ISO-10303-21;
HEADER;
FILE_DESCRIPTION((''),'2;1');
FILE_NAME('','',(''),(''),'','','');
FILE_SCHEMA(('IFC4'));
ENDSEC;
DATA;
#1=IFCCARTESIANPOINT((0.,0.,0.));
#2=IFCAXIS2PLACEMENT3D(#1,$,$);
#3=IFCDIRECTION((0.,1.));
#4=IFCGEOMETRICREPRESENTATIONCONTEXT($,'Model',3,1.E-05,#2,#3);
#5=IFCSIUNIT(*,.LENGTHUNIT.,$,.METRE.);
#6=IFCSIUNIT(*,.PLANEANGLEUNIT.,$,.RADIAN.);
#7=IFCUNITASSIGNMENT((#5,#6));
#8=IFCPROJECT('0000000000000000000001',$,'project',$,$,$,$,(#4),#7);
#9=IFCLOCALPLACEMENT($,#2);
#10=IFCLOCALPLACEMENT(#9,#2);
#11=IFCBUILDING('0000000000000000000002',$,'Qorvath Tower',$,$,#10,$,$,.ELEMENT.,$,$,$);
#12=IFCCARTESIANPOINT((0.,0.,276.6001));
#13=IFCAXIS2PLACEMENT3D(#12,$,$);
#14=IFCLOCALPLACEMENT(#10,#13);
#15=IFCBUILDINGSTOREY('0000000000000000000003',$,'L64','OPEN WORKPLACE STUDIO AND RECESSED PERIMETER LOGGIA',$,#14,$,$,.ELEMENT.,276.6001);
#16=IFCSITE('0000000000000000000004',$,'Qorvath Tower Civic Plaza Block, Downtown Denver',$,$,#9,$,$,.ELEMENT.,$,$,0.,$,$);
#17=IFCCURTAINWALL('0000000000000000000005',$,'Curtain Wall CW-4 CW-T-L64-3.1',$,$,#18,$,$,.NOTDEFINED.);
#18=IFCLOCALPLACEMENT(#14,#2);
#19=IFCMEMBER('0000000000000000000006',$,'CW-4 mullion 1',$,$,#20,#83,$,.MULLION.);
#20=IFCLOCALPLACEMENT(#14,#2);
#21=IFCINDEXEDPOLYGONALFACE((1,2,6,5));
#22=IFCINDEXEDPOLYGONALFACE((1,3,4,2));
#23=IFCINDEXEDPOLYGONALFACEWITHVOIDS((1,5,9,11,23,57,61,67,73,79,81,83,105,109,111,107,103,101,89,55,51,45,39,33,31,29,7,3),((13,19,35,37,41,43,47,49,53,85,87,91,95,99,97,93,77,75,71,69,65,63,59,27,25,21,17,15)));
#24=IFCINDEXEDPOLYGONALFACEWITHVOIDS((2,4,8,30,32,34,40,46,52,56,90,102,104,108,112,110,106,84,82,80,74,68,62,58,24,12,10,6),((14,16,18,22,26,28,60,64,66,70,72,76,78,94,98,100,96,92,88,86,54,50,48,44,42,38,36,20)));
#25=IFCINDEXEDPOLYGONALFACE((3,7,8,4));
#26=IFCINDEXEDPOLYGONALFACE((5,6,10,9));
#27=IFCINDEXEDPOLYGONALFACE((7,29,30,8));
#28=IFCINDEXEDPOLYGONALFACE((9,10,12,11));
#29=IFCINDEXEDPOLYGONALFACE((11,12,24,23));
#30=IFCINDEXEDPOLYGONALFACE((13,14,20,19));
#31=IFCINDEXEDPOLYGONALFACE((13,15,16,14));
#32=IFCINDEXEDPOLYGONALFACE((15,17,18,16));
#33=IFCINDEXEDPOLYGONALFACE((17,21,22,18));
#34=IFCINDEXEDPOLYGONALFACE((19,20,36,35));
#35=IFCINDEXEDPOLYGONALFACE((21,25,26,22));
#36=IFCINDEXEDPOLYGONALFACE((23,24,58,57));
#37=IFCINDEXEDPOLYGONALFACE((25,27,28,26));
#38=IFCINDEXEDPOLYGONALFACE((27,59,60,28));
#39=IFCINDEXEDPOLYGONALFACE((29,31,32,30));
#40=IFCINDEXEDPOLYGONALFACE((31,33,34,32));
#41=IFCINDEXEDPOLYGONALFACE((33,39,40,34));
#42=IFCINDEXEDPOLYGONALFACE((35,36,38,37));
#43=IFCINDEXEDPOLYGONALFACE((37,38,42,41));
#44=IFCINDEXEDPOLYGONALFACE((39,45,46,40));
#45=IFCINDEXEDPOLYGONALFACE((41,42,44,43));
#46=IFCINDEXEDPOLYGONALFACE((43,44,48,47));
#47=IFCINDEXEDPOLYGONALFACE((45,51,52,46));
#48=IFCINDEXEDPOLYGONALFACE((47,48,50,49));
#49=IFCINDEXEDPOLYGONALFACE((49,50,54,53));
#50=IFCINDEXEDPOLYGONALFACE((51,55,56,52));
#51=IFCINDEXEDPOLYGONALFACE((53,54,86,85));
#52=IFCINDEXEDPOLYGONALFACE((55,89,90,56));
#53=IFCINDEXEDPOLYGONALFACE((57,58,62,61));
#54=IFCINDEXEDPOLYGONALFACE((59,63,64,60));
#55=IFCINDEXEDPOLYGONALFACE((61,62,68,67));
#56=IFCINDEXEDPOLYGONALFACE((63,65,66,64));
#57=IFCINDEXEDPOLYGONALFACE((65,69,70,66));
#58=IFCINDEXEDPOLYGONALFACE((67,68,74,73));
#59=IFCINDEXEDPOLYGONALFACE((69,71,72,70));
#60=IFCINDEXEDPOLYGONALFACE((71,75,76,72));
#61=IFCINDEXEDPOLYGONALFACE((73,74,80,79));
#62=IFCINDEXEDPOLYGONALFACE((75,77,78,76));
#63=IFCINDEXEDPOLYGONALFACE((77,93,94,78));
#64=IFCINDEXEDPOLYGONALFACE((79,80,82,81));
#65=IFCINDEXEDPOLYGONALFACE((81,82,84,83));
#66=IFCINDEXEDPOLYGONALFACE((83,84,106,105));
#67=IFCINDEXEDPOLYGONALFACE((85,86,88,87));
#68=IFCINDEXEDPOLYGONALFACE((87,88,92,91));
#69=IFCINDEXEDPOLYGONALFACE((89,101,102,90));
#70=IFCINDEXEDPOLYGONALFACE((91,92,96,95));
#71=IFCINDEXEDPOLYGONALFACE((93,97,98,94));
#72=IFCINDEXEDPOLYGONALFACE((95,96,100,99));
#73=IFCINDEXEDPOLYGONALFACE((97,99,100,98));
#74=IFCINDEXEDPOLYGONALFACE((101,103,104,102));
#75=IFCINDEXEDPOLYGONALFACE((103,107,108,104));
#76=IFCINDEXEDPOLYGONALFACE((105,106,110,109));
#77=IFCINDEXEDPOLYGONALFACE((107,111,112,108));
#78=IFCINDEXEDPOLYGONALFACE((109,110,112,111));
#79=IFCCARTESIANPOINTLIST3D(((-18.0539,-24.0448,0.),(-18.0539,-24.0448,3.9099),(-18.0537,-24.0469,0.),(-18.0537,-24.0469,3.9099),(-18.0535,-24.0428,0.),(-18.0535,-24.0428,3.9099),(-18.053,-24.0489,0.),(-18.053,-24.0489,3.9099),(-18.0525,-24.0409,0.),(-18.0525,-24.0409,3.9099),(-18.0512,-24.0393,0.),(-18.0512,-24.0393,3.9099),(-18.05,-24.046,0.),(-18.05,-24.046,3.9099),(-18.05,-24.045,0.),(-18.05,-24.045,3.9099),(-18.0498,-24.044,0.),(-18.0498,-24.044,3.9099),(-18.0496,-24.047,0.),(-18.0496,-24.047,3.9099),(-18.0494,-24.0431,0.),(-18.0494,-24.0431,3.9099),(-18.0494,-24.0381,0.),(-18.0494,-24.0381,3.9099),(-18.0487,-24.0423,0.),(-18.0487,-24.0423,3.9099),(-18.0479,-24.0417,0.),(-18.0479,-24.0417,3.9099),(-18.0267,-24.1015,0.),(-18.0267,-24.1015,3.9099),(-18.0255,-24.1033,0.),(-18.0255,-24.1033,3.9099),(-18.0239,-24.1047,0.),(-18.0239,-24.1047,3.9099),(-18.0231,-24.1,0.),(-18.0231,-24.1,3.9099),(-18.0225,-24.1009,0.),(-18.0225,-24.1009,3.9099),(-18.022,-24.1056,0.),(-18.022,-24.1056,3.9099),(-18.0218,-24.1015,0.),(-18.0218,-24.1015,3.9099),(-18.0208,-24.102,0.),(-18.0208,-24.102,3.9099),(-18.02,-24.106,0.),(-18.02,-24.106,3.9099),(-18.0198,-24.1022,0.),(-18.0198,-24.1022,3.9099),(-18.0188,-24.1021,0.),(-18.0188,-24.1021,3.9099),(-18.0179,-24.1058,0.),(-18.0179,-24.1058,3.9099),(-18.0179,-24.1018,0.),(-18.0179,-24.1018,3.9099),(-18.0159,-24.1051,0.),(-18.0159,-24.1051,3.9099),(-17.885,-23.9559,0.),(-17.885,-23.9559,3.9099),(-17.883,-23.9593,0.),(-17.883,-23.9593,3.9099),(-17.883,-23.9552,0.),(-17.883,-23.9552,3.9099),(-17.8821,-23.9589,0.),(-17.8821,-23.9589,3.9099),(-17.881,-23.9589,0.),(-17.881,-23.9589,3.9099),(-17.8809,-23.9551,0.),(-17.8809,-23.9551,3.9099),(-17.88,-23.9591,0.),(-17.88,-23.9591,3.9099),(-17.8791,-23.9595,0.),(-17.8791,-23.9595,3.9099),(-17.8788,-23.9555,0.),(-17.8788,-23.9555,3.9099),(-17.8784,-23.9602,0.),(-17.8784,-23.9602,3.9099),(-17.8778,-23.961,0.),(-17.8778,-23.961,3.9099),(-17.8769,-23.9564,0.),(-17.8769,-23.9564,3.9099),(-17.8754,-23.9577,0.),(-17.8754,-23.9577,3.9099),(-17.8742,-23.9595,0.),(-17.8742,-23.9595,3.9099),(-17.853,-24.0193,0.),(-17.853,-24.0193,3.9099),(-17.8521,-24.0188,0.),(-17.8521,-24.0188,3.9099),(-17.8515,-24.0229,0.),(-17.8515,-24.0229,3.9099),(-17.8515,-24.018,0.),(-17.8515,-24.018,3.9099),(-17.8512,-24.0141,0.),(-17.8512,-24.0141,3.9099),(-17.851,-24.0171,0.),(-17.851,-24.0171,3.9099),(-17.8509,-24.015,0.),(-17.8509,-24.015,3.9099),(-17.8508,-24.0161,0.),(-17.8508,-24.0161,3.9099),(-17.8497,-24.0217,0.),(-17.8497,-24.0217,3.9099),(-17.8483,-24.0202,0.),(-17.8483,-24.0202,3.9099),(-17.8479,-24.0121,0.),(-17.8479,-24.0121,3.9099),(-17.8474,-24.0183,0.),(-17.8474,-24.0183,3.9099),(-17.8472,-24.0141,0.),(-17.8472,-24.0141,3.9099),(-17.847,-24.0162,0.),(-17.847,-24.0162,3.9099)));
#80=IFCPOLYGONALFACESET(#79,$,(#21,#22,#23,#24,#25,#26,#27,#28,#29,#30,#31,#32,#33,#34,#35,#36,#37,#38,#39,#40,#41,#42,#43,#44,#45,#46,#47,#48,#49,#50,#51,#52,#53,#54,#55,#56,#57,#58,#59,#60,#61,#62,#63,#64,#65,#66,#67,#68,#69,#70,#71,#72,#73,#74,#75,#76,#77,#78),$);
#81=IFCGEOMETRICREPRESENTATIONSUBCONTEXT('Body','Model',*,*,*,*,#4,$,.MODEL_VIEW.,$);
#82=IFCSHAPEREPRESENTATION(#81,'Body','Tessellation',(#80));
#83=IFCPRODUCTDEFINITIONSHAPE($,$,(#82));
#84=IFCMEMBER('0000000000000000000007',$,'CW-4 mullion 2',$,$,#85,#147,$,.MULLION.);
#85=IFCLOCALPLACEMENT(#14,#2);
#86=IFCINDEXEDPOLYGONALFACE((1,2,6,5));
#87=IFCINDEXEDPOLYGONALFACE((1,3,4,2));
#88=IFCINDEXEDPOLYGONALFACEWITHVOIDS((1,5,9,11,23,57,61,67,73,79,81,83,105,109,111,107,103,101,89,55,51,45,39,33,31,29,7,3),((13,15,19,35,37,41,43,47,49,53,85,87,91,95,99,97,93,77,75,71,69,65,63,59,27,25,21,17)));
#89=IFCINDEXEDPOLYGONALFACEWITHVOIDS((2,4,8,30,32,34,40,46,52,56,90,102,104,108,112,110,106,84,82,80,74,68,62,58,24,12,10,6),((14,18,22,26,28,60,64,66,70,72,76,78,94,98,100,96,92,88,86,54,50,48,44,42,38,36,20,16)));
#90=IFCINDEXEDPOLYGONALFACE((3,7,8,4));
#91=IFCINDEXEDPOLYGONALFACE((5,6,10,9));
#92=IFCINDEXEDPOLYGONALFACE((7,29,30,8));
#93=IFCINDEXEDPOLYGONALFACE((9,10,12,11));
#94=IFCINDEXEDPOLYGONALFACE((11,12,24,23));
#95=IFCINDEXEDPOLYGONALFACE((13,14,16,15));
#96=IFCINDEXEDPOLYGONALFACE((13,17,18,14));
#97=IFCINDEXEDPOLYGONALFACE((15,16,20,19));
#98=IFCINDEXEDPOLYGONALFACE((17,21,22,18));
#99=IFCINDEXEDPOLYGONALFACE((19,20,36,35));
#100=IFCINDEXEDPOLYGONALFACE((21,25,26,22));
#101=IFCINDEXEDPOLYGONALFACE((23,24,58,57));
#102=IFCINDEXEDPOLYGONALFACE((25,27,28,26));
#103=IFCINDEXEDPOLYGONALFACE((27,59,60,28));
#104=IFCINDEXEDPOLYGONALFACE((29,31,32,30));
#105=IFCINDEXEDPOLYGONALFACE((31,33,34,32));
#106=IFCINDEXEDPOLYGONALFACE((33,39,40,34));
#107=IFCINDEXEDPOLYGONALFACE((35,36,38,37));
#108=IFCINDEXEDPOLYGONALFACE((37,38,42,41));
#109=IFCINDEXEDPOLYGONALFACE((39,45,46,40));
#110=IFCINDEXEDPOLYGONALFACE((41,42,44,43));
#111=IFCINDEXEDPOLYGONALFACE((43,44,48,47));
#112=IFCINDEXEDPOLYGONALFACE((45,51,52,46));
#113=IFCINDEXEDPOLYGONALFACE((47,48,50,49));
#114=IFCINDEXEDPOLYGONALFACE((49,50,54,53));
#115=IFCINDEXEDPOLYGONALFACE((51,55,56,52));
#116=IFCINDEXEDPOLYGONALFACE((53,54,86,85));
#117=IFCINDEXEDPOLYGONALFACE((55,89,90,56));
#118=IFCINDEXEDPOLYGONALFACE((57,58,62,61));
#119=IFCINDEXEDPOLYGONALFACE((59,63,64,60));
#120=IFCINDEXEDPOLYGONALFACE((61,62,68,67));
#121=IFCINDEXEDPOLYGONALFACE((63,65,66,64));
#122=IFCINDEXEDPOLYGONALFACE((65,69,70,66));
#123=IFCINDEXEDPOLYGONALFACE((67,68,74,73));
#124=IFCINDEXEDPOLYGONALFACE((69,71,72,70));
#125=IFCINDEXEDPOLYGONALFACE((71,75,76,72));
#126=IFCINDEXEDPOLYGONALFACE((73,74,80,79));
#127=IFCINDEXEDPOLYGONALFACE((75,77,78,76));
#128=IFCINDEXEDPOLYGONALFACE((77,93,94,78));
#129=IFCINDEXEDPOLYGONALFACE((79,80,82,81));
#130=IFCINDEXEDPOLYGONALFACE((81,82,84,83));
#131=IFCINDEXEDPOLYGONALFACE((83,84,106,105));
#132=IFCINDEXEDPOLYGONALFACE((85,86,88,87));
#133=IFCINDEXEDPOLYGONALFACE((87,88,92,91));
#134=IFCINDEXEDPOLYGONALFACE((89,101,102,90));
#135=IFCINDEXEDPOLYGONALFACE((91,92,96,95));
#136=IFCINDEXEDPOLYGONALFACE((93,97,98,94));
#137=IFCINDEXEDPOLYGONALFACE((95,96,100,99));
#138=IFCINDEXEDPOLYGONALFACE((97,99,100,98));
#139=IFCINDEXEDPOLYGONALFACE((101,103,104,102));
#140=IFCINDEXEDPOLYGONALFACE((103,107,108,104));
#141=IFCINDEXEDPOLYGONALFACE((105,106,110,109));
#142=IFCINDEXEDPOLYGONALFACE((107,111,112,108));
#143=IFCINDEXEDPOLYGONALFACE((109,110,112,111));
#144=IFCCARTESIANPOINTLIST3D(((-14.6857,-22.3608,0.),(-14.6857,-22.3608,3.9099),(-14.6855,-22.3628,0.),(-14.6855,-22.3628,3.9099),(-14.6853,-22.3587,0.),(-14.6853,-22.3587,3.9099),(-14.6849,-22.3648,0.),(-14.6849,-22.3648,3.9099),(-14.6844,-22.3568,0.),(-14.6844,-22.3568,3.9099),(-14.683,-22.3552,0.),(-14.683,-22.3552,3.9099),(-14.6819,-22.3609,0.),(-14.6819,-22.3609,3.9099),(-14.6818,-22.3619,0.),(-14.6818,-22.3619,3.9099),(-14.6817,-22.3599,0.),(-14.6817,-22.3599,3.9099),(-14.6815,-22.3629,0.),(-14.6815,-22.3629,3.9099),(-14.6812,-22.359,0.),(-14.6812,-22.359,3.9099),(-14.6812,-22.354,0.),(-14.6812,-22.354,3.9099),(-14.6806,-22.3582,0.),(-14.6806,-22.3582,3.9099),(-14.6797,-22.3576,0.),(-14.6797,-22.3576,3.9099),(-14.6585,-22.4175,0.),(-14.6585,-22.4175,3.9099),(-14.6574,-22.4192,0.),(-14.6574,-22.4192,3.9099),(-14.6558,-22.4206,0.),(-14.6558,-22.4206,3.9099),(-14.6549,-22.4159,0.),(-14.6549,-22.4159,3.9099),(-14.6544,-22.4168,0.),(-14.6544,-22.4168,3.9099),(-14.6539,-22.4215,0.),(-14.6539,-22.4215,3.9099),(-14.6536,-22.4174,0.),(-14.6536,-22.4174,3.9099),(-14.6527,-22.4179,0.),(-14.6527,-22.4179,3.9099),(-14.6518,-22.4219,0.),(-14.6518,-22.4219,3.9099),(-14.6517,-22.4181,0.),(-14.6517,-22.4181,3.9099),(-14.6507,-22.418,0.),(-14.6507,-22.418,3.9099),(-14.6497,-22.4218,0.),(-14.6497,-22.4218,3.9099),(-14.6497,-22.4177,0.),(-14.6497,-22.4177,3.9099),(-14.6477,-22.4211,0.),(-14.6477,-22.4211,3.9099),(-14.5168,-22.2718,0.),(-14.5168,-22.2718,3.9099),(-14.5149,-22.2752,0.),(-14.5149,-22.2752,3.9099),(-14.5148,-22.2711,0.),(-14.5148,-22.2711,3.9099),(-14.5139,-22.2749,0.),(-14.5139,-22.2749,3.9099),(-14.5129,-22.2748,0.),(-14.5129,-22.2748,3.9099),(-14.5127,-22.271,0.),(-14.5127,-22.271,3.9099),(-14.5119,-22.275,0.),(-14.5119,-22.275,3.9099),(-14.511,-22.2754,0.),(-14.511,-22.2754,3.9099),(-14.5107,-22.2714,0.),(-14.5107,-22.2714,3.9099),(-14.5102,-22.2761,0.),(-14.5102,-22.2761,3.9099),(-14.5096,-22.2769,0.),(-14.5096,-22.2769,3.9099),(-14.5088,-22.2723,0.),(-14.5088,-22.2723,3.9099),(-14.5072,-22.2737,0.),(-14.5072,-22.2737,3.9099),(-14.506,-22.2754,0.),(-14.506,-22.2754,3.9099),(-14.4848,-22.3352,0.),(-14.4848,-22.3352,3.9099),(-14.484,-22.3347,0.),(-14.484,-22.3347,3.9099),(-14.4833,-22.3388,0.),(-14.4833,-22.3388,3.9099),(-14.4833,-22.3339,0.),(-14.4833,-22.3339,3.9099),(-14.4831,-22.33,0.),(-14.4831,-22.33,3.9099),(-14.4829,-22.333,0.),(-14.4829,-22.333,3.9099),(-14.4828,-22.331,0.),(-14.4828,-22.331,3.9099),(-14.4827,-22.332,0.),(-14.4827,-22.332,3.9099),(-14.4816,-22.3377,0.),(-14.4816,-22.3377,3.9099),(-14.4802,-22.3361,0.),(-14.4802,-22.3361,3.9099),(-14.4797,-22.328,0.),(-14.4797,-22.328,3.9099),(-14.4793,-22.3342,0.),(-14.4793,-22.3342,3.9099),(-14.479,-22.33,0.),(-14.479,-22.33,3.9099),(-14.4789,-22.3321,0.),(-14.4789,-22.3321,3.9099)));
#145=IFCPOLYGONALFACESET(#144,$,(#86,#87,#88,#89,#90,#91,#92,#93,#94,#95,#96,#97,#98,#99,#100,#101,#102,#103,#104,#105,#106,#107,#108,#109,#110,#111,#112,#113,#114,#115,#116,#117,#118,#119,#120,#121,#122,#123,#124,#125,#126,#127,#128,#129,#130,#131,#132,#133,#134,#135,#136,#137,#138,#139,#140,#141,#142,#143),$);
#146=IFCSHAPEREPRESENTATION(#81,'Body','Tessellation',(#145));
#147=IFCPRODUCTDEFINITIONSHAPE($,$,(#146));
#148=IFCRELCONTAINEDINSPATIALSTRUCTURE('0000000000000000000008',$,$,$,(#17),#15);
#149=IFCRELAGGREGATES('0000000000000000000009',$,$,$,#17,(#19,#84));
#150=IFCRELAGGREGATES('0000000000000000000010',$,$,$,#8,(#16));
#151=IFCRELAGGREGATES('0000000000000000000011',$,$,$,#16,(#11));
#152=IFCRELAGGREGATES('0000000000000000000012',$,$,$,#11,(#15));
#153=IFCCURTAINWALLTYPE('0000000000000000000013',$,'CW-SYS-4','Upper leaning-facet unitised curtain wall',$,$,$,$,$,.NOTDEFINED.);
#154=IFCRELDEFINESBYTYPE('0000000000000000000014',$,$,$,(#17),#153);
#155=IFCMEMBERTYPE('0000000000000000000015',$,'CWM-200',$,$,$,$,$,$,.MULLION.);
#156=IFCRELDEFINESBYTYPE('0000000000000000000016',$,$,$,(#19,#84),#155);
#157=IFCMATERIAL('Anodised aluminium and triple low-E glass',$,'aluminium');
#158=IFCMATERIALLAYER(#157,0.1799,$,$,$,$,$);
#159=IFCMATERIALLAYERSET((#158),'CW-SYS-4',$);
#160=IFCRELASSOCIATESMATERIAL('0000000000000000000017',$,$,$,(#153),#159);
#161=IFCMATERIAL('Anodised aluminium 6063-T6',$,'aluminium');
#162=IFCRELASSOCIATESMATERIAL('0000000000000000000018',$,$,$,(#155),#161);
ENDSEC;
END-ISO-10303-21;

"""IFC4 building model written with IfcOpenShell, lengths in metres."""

from ifc_helpers import new_model, si_unit, direction, frame, origin, origin_2d, place, context, subcontext, project, spatial, hollow_rectangle, extrude, material, layer, layer_set, material_profile, profile_set, type_object, element, aggregate, save


model = new_model("IFC4")

# Units and contexts
model_context = context("Model", 3, precision=1e-05, world=origin(), true_north=direction((0.0, 1.0)))
body_context = subcontext(model_context, "Body", "Model", "MODEL_VIEW")
ifc_project = project(units=[si_unit("LENGTHUNIT", "METRE"), si_unit("PLANEANGLEUNIT", "RADIAN")], contexts=[model_context])

# Site, building, storey
site_placement = place(None, origin())
site = spatial("IfcSite", under=ifc_project, at=site_placement, Name="Qorvath Tower Civic Plaza Block, Downtown Denver", CompositionType="ELEMENT", RefElevation=0.0)
building_placement = place(site_placement, origin())
building = spatial("IfcBuilding", under=site, at=building_placement, Name="Qorvath Tower", CompositionType="ELEMENT")
storey_placement = place(building_placement, frame((0.0, 0.0, 276.6001)))
storey = spatial("IfcBuildingStorey", under=building, at=storey_placement, Name="L64", Description="OPEN WORKPLACE STUDIO AND RECESSED PERIMETER LOGGIA", CompositionType="ELEMENT", Elevation=276.6001)

# Shared definitions
ifc_material_1 = material(Name="Anodised aluminium and triple low-E glass", Category="aluminium")
ifc_layer_1 = layer(ifc_material_1, 0.1799)
ifc_layer_set_1 = layer_set([ifc_layer_1], Name="CW-SYS-4")
curtain_wall_type = type_object("IfcCurtainWallType", Name="CW-SYS-4", Description="Upper leaning-facet unitised curtain wall", PredefinedType="NOTDEFINED", material=ifc_layer_set_1)
ifc_material_2 = material(Name="Anodised aluminium 6063-T6", Category="aluminium")
ifc_material_profile_1 = material_profile(ifc_material_2, hollow_rectangle(XDim=0.075, YDim=0.2, WallThickness=0.0039, InnerFilletRadius=0.0039, OuterFilletRadius=0.0081, at=origin_2d()), Name="CWM 200x75")
ifc_profile_set_1 = profile_set([ifc_material_profile_1], Name="Anodised aluminium 6063-T6")
member_type_1 = type_object("IfcMemberType", Name="CWM-200", PredefinedType="MULLION", material=ifc_profile_set_1)

# Curtain wall, members
curtain_wall_1_placement = place(storey_placement, origin())
curtain_wall_1 = element("IfcCurtainWall", 1, at=curtain_wall_1_placement, inside=storey, type_object=curtain_wall_type, Name="Curtain Wall CW-4 CW-T-L64-3.1", PredefinedType="NOTDEFINED")
member_1_placement = place(storey_placement, frame((-17.9504, -24.0305, 0.0), z_axis=(0.0, 0.0, 1.0), x_axis=(-0.447245, 0.894412, 0.0)))
member_1 = element("IfcMember", 2, at=member_1_placement, type_object=member_type_1, Name="CW-4 mullion 1", PredefinedType="MULLION", context=body_context, shape_type="SweptSolid", body=[
    extrude(hollow_rectangle(XDim=0.075, YDim=0.2, WallThickness=0.0039, InnerFilletRadius=0.0039, OuterFilletRadius=0.0081, at=origin_2d()), origin(), (0.0, 0.0, 1.0), 3.9099),
])
member_2_placement = place(storey_placement, frame((-14.5823, -22.3464, 0.0), z_axis=(0.0, 0.0, 1.0), x_axis=(-0.447245, 0.894412, 0.0)))
member_2 = element("IfcMember", 3, at=member_2_placement, type_object=member_type_1, Name="CW-4 mullion 2", PredefinedType="MULLION", context=body_context, shape_type="SweptSolid", body=[
    extrude(hollow_rectangle(XDim=0.075, YDim=0.2, WallThickness=0.0039, InnerFilletRadius=0.0039, OuterFilletRadius=0.0081, at=origin_2d()), origin(), (0.0, 0.0, 1.0), 3.9099),
])

aggregate(curtain_wall_1, [member_1, member_2])

save(model, "model.ifc")
